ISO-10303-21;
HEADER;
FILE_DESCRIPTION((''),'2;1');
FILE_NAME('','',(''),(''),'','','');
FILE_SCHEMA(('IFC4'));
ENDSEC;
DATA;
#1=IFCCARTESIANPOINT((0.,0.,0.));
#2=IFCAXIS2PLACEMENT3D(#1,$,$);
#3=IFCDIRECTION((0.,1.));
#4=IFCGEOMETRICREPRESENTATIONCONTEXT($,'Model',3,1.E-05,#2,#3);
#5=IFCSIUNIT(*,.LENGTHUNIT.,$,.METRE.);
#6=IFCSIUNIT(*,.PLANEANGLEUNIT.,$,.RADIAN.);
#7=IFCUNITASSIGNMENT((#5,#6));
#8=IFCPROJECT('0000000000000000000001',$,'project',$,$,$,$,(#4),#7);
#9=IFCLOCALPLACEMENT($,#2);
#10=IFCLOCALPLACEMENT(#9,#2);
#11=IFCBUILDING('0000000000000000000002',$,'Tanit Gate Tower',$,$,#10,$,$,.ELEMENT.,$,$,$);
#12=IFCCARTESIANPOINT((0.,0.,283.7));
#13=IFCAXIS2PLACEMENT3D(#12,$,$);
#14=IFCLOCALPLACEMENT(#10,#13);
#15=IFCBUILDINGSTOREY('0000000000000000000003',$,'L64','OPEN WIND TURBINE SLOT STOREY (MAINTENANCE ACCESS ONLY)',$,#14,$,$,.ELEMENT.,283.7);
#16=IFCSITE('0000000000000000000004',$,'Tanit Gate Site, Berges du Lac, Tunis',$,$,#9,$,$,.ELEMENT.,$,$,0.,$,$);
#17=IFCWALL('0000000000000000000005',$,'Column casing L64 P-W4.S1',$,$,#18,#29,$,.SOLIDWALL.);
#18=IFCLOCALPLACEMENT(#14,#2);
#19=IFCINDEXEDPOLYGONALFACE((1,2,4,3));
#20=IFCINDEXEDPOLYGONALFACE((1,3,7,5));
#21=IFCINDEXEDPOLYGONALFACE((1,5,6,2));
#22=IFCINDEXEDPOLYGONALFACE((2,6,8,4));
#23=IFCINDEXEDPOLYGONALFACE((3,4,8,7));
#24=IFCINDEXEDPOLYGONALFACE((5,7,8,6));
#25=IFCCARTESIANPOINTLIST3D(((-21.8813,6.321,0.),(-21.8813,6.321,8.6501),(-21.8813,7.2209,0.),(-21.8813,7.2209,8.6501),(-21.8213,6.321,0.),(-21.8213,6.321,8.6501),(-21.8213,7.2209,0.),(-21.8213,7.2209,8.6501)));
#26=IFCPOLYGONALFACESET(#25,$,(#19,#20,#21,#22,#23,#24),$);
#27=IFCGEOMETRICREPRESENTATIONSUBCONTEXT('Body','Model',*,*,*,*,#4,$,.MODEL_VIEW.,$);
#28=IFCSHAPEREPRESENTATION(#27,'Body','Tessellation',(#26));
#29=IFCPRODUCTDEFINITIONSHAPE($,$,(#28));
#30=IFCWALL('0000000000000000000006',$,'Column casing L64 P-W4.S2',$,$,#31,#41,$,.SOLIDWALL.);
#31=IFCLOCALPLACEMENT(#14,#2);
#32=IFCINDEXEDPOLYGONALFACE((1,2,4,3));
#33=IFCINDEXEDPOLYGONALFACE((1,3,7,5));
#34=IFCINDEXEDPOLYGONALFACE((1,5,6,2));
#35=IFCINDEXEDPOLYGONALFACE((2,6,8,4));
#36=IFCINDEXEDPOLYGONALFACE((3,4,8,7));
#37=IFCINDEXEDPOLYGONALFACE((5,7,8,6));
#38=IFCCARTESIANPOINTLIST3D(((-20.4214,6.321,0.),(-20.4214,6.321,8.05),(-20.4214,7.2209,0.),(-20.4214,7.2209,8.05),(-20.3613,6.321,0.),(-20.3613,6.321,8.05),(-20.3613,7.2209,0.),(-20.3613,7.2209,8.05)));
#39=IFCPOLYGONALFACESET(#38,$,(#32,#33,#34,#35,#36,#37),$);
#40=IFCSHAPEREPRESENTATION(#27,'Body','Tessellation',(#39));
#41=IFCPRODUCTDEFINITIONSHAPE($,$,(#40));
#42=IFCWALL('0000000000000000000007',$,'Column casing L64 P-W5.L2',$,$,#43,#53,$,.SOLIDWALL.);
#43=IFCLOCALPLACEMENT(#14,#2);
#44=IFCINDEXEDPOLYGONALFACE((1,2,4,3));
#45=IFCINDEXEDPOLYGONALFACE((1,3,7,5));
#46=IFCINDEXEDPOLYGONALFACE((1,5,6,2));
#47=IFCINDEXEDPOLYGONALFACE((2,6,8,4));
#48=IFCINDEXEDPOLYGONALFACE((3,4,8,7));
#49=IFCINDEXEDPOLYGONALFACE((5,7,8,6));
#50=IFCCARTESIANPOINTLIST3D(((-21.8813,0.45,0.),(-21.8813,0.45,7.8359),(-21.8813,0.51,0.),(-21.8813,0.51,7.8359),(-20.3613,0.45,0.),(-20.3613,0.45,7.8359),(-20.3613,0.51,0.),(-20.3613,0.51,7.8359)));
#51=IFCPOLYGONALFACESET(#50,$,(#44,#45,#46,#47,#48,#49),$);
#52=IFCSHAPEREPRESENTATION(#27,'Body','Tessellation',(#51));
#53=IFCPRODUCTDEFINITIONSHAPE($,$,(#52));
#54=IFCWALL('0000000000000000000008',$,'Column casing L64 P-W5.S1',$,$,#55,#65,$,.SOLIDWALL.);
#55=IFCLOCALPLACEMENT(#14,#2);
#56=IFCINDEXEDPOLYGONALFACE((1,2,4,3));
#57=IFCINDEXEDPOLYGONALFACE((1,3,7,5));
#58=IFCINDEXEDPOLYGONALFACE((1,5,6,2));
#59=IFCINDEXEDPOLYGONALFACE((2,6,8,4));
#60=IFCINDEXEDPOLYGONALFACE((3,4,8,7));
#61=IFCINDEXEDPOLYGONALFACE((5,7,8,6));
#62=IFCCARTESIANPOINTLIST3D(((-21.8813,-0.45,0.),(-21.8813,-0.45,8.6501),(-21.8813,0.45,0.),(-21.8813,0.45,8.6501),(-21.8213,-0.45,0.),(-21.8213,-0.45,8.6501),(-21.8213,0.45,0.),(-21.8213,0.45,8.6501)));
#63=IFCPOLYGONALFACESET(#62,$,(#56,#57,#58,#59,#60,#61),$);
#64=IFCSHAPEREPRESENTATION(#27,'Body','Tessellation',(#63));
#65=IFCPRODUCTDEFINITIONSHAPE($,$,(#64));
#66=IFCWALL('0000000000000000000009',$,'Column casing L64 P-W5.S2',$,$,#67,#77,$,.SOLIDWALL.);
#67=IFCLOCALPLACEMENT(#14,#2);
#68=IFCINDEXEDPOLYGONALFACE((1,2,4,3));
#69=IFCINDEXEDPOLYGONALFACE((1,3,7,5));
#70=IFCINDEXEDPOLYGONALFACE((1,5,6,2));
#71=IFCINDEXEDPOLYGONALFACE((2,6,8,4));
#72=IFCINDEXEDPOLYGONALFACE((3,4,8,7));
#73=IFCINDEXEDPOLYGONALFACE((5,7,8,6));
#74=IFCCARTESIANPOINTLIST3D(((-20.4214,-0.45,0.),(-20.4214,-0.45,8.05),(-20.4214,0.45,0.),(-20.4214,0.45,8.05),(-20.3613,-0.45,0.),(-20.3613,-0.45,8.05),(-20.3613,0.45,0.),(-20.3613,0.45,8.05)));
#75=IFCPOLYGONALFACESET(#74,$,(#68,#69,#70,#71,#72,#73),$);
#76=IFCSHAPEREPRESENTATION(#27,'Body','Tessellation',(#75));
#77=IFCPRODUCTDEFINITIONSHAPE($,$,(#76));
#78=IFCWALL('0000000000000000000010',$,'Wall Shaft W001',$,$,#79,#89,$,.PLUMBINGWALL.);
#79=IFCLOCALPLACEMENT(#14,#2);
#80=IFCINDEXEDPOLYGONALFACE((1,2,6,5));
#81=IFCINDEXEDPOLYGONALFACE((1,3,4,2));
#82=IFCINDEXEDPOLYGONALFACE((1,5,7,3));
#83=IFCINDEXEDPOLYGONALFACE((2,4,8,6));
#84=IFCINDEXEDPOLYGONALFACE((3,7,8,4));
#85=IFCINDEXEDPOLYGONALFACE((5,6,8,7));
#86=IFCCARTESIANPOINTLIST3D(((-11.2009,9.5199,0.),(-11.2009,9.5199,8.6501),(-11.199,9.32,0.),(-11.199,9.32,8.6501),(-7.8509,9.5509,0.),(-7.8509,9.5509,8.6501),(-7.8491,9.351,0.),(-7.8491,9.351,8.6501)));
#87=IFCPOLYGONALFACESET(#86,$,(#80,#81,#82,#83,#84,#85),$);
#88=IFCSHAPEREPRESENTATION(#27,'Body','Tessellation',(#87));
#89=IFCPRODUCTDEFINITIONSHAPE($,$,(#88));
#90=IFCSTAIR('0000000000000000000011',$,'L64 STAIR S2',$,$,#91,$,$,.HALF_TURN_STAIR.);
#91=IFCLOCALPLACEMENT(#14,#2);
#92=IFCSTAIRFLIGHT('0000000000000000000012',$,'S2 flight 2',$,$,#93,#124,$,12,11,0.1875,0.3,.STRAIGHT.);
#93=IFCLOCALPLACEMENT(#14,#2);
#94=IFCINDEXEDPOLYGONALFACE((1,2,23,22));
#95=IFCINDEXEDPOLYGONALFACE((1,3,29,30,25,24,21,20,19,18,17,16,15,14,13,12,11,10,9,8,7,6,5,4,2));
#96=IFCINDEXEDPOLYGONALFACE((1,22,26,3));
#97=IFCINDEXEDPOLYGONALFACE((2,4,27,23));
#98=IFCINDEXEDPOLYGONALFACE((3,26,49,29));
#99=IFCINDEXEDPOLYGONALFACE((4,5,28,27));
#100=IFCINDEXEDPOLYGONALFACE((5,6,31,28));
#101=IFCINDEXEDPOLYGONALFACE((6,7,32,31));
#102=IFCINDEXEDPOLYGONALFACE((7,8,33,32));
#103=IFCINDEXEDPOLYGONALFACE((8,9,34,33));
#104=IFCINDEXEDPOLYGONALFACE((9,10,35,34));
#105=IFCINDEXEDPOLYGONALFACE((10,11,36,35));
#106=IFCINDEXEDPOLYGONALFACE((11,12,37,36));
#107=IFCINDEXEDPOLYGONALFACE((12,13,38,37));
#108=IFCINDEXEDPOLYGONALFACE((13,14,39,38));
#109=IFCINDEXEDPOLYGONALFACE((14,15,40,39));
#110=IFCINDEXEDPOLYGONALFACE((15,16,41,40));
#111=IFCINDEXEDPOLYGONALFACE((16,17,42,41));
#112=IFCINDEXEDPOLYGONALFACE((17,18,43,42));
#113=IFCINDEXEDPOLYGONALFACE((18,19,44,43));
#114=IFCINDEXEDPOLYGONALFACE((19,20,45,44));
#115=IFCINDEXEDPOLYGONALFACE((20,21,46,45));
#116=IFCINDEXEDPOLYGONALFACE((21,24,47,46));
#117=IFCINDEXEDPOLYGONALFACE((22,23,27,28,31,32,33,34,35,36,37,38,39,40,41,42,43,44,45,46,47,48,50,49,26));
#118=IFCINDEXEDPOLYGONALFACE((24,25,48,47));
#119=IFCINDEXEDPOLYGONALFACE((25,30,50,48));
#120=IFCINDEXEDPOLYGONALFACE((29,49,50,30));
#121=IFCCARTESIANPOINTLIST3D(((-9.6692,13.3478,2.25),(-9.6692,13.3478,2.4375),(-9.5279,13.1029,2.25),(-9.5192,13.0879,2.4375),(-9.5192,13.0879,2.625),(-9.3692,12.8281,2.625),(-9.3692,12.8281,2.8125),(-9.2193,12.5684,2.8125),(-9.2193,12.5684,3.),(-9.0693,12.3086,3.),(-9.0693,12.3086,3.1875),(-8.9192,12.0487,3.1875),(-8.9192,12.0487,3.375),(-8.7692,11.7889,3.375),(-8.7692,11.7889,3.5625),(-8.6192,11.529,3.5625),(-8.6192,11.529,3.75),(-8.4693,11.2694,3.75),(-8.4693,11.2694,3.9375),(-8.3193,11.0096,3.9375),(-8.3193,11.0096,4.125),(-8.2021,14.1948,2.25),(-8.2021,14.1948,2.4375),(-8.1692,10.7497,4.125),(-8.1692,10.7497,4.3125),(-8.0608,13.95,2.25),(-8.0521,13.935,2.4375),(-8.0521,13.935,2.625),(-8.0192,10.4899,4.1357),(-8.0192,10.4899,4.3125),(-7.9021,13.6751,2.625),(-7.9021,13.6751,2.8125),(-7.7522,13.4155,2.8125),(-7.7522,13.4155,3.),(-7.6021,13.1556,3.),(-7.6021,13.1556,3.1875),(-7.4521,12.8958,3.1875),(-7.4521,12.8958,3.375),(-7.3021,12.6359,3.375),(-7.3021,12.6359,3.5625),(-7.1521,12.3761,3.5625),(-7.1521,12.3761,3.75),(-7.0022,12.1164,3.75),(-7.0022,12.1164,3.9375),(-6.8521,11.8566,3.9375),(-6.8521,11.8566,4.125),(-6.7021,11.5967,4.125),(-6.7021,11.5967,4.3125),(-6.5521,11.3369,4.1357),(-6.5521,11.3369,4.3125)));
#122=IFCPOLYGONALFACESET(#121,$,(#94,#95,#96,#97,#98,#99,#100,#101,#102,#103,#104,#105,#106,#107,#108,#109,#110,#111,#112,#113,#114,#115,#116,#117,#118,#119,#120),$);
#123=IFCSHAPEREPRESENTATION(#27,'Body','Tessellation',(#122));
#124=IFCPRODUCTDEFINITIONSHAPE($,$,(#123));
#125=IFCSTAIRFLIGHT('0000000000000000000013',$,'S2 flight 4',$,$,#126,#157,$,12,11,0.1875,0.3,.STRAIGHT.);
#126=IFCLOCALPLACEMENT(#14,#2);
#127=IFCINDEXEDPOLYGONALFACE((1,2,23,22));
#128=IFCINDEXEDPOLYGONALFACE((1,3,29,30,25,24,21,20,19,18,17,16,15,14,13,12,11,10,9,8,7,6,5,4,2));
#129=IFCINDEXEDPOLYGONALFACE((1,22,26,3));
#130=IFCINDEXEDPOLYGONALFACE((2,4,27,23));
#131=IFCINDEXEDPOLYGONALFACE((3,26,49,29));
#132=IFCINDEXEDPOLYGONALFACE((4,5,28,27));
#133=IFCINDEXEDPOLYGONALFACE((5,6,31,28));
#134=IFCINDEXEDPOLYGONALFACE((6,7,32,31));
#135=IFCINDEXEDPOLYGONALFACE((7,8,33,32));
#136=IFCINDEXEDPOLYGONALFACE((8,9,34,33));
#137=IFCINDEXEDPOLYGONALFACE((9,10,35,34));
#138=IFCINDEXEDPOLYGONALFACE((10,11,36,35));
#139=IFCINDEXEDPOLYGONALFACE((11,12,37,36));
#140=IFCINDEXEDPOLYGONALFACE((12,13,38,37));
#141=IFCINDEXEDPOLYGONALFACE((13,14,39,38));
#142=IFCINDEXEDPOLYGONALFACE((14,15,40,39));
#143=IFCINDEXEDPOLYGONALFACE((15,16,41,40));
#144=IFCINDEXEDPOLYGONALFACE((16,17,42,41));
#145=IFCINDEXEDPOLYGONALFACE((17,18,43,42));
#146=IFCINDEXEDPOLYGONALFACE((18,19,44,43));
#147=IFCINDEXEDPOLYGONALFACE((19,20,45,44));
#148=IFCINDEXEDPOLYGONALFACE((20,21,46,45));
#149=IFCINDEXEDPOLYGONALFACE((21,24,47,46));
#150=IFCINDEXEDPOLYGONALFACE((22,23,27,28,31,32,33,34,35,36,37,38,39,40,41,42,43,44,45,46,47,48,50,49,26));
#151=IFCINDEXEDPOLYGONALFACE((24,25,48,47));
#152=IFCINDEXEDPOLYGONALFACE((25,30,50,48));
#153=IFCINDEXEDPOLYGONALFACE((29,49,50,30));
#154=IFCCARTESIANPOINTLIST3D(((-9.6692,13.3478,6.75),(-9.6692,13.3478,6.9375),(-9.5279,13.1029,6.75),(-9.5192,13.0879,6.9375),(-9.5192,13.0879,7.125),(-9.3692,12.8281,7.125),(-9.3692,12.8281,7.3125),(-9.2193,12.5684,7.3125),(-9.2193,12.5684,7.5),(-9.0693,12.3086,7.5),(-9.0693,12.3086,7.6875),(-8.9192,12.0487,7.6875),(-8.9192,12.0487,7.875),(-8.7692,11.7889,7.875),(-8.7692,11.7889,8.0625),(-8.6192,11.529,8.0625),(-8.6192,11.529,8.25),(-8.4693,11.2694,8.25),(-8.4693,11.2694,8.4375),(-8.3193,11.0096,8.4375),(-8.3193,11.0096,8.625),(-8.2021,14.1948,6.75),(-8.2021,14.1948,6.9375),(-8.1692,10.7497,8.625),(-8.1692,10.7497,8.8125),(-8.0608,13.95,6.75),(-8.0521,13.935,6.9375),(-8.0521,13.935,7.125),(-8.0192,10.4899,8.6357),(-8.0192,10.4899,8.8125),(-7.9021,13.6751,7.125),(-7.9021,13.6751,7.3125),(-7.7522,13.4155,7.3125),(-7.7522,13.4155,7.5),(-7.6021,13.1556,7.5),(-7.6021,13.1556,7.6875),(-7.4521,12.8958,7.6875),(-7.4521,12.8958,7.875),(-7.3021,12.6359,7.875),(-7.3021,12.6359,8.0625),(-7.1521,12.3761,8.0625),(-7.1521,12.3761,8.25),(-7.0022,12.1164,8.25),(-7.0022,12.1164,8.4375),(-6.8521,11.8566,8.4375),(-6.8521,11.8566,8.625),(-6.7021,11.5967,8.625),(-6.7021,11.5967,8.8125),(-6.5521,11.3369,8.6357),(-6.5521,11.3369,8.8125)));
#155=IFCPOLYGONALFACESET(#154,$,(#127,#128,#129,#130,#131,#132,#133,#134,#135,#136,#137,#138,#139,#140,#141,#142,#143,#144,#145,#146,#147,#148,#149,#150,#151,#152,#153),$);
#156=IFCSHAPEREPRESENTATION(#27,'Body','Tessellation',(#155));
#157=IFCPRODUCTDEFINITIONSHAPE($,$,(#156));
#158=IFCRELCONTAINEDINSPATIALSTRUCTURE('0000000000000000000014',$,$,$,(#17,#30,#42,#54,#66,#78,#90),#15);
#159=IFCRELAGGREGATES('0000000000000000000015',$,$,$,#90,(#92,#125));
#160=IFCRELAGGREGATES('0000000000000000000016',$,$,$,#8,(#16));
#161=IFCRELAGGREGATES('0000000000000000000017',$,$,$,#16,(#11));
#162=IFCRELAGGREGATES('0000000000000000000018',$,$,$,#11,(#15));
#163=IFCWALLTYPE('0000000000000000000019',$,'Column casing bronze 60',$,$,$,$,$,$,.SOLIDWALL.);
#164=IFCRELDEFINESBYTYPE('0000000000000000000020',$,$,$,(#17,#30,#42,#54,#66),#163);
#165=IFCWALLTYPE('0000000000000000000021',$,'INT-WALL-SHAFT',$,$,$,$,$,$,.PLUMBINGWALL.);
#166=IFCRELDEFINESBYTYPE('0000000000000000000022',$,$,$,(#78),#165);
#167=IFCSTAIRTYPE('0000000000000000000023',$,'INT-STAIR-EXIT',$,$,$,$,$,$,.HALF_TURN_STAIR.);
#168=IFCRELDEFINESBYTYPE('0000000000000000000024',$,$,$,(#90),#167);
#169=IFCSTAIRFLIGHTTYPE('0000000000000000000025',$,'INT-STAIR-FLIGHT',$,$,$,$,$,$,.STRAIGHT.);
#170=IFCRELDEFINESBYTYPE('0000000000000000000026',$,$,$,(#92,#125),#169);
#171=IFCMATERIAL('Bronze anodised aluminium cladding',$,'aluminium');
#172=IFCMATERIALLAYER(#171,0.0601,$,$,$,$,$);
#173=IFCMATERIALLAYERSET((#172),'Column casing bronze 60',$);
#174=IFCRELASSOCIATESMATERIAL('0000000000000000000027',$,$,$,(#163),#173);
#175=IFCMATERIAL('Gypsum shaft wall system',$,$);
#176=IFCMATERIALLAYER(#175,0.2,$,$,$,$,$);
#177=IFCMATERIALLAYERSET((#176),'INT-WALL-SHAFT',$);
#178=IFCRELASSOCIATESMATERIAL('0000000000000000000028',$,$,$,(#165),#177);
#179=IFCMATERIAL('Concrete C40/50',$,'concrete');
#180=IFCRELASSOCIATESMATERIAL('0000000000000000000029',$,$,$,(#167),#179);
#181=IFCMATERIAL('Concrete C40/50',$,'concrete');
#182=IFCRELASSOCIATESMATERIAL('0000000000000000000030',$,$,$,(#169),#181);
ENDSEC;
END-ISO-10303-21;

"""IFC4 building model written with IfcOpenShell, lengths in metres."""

from ifc_helpers import new_model, si_unit, direction, frame, frame_2d, origin, place, context, subcontext, project, spatial, polyline, rectangle, outline, extrude, material, layer, layer_set, type_object, element, aggregate, save


model = new_model("IFC4")

# Units and contexts
model_context = context("Model", 3, precision=1e-05, world=origin(), true_north=direction((0.0, 1.0)))
body_context = subcontext(model_context, "Body", "Model", "MODEL_VIEW")
ifc_project = project(units=[si_unit("LENGTHUNIT", "METRE"), si_unit("PLANEANGLEUNIT", "RADIAN")], contexts=[model_context])

# Site, building, storey
site_placement = place(None, origin())
site = spatial("IfcSite", under=ifc_project, at=site_placement, Name="Tanit Gate Site, Berges du Lac, Tunis", CompositionType="ELEMENT", RefElevation=0.0)
building_placement = place(site_placement, origin())
building = spatial("IfcBuilding", under=site, at=building_placement, Name="Tanit Gate Tower", CompositionType="ELEMENT")
storey_placement = place(building_placement, frame((0.0, 0.0, 283.7)))
storey = spatial("IfcBuildingStorey", under=building, at=storey_placement, Name="L64", Description="OPEN WIND TURBINE SLOT STOREY (MAINTENANCE ACCESS ONLY)", CompositionType="ELEMENT", Elevation=283.7)

# Walls
ifc_material_1 = material(Name="Bronze anodised aluminium cladding", Category="aluminium")
ifc_layer_1 = layer(ifc_material_1, 0.0601)
ifc_layer_set_1 = layer_set([ifc_layer_1], Name="Column casing bronze 60")
wall_type_1 = type_object("IfcWallType", Name="Column casing bronze 60", PredefinedType="SOLIDWALL", material=ifc_layer_set_1)
wall_1_placement = place(storey_placement, frame((-21.8513, 7.2209, 0.0), z_axis=(0.0, 0.0, 1.0), x_axis=(0.0, -1.0, 0.0)))
element("IfcWall", 1, at=wall_1_placement, inside=storey, type_object=wall_type_1, Name="Column casing L64 P-W4.S1", PredefinedType="SOLIDWALL", context=body_context, shape_type="SweptSolid", body=[
    extrude(rectangle(XDim=0.8999, YDim=0.0601, at=frame_2d((0.45, 0.0))), origin(), (0.0, 0.0, 1.0), 8.6501),
])
wall_2_placement = place(storey_placement, frame((-20.3914, 7.2209, 0.0), z_axis=(0.0, 0.0, 1.0), x_axis=(0.0, -1.0, 0.0)))
element("IfcWall", 2, at=wall_2_placement, inside=storey, type_object=wall_type_1, Name="Column casing L64 P-W4.S2", PredefinedType="SOLIDWALL", context=body_context, shape_type="SweptSolid", body=[
    extrude(rectangle(XDim=0.8999, YDim=0.0601, at=frame_2d((0.45, 0.0))), origin(), (0.0, 0.0, 1.0), 8.05),
])
wall_3_placement = place(storey_placement, frame((-20.3613, 0.48, 0.0), z_axis=(0.0, 0.0, 1.0), x_axis=(-1.0, 0.0, 0.0)))
element("IfcWall", 3, at=wall_3_placement, inside=storey, type_object=wall_type_1, Name="Column casing L64 P-W5.L2", PredefinedType="SOLIDWALL", context=body_context, shape_type="SweptSolid", body=[
    extrude(rectangle(XDim=1.52, YDim=0.0601, at=frame_2d((0.76, 0.0))), origin(), (0.0, 0.0, 1.0), 7.8359),
])
wall_4_placement = place(storey_placement, frame((-21.8513, 0.45, 0.0), z_axis=(0.0, 0.0, 1.0), x_axis=(0.0, -1.0, 0.0)))
element("IfcWall", 4, at=wall_4_placement, inside=storey, type_object=wall_type_1, Name="Column casing L64 P-W5.S1", PredefinedType="SOLIDWALL", context=body_context, shape_type="SweptSolid", body=[
    extrude(rectangle(XDim=0.8999, YDim=0.0601, at=frame_2d((0.45, 0.0))), origin(), (0.0, 0.0, 1.0), 8.6501),
])
wall_5_placement = place(storey_placement, frame((-20.3914, 0.45, 0.0), z_axis=(0.0, 0.0, 1.0), x_axis=(0.0, -1.0, 0.0)))
element("IfcWall", 5, at=wall_5_placement, inside=storey, type_object=wall_type_1, Name="Column casing L64 P-W5.S2", PredefinedType="SOLIDWALL", context=body_context, shape_type="SweptSolid", body=[
    extrude(rectangle(XDim=0.8999, YDim=0.0601, at=frame_2d((0.45, 0.0))), origin(), (0.0, 0.0, 1.0), 8.05),
])
ifc_material_2 = material(Name="Gypsum shaft wall system")
ifc_layer_2 = layer(ifc_material_2, 0.2)
ifc_layer_set_2 = layer_set([ifc_layer_2], Name="INT-WALL-SHAFT")
wall_type_2 = type_object("IfcWallType", Name="INT-WALL-SHAFT", PredefinedType="PLUMBINGWALL", material=ifc_layer_set_2)
wall_6_placement = place(storey_placement, frame((-11.2, 9.4199, 0.0), z_axis=(0.0, 0.0, 1.0), x_axis=(0.999957, 0.009255, 0.0)))
element("IfcWall", 6, at=wall_6_placement, inside=storey, type_object=wall_type_2, Name="Wall Shaft W001", PredefinedType="PLUMBINGWALL", context=body_context, shape_type="SweptSolid", body=[
    extrude(rectangle(XDim=3.3501, YDim=0.2, at=frame_2d((1.675, 0.0))), origin(), (0.0, 0.0, 1.0), 8.6501),
])

# Stair, stair flights
ifc_material_3 = material(Name="Concrete C40/50", Category="concrete")
stair_type = type_object("IfcStairType", Name="INT-STAIR-EXIT", PredefinedType="HALF_TURN_STAIR", material=ifc_material_3)
stair_placement = place(storey_placement, origin())
stair = element("IfcStair", 7, at=stair_placement, inside=storey, type_object=stair_type, Name="L64 STAIR S2", PredefinedType="HALF_TURN_STAIR")
ifc_material_4 = material(Name="Concrete C40/50", Category="concrete")
stair_flight_type = type_object("IfcStairFlightType", Name="INT-STAIR-FLIGHT", PredefinedType="STRAIGHT", material=ifc_material_4)
stair_flight_1_placement = place(storey_placement, frame((-8.9358, 13.7712, 2.25), z_axis=(0.0, 0.0, 1.0), x_axis=(0.5, -0.866025, 0.0)))
stair_flight_1 = element("IfcStairFlight", 8, at=stair_flight_1_placement, type_object=stair_flight_type, Name="S2 flight 2", NumberOfRisers=12, NumberOfTreads=11, PredefinedType="STRAIGHT", RiserHeight=0.1875, TreadLength=0.3, context=body_context, shape_type="SweptSolid", body=[
    extrude(outline(polyline([(0.0, 0.0), (0.0, 0.1875), (0.3, 0.1875), (0.3, 0.375), (0.6001, 0.375), (0.6001, 0.5625), (0.8999, 0.5625), (0.8999, 0.75), (1.2, 0.75), (1.2, 0.9375), (1.5, 0.9375), (1.5, 1.125), (1.8, 1.125), (1.8, 1.3125), (2.1001, 1.3125), (2.1001, 1.5), (2.3999, 1.5), (2.3999, 1.6875), (2.7, 1.6875), (2.7, 1.875), (3.0, 1.875), (3.0, 2.0625), (3.3, 2.0625), (3.3, 2.25), (3.3, 1.8857), (0.2827, 0.0), (0.0, 0.0)])), frame((0.0, 0.8472, 0.0), z_axis=(0.0, -1.0, 0.0), x_axis=(1.0, 0.0, 0.0)), (0.0, 0.0, 1.0), 1.6941),
])
stair_flight_2_placement = place(storey_placement, frame((-8.9358, 13.7712, 6.75), z_axis=(0.0, 0.0, 1.0), x_axis=(0.5, -0.866025, 0.0)))
stair_flight_2 = element("IfcStairFlight", 9, at=stair_flight_2_placement, type_object=stair_flight_type, Name="S2 flight 4", NumberOfRisers=12, NumberOfTreads=11, PredefinedType="STRAIGHT", RiserHeight=0.1875, TreadLength=0.3, context=body_context, shape_type="SweptSolid", body=[
    extrude(outline(polyline([(0.0, 0.0), (0.0, 0.1875), (0.3, 0.1875), (0.3, 0.375), (0.6001, 0.375), (0.6001, 0.5625), (0.8999, 0.5625), (0.8999, 0.75), (1.2, 0.75), (1.2, 0.9375), (1.5, 0.9375), (1.5, 1.125), (1.8, 1.125), (1.8, 1.3125), (2.1001, 1.3125), (2.1001, 1.5), (2.3999, 1.5), (2.3999, 1.6875), (2.7, 1.6875), (2.7, 1.875), (3.0, 1.875), (3.0, 2.0625), (3.3, 2.0625), (3.3, 2.25), (3.3, 1.8857), (0.2827, 0.0), (0.0, 0.0)])), frame((0.0, 0.8472, 0.0), z_axis=(0.0, -1.0, 0.0), x_axis=(1.0, 0.0, 0.0)), (0.0, 0.0, 1.0), 1.6941),
])
aggregate(stair, [stair_flight_1, stair_flight_2])

save(model, "model.ifc")
